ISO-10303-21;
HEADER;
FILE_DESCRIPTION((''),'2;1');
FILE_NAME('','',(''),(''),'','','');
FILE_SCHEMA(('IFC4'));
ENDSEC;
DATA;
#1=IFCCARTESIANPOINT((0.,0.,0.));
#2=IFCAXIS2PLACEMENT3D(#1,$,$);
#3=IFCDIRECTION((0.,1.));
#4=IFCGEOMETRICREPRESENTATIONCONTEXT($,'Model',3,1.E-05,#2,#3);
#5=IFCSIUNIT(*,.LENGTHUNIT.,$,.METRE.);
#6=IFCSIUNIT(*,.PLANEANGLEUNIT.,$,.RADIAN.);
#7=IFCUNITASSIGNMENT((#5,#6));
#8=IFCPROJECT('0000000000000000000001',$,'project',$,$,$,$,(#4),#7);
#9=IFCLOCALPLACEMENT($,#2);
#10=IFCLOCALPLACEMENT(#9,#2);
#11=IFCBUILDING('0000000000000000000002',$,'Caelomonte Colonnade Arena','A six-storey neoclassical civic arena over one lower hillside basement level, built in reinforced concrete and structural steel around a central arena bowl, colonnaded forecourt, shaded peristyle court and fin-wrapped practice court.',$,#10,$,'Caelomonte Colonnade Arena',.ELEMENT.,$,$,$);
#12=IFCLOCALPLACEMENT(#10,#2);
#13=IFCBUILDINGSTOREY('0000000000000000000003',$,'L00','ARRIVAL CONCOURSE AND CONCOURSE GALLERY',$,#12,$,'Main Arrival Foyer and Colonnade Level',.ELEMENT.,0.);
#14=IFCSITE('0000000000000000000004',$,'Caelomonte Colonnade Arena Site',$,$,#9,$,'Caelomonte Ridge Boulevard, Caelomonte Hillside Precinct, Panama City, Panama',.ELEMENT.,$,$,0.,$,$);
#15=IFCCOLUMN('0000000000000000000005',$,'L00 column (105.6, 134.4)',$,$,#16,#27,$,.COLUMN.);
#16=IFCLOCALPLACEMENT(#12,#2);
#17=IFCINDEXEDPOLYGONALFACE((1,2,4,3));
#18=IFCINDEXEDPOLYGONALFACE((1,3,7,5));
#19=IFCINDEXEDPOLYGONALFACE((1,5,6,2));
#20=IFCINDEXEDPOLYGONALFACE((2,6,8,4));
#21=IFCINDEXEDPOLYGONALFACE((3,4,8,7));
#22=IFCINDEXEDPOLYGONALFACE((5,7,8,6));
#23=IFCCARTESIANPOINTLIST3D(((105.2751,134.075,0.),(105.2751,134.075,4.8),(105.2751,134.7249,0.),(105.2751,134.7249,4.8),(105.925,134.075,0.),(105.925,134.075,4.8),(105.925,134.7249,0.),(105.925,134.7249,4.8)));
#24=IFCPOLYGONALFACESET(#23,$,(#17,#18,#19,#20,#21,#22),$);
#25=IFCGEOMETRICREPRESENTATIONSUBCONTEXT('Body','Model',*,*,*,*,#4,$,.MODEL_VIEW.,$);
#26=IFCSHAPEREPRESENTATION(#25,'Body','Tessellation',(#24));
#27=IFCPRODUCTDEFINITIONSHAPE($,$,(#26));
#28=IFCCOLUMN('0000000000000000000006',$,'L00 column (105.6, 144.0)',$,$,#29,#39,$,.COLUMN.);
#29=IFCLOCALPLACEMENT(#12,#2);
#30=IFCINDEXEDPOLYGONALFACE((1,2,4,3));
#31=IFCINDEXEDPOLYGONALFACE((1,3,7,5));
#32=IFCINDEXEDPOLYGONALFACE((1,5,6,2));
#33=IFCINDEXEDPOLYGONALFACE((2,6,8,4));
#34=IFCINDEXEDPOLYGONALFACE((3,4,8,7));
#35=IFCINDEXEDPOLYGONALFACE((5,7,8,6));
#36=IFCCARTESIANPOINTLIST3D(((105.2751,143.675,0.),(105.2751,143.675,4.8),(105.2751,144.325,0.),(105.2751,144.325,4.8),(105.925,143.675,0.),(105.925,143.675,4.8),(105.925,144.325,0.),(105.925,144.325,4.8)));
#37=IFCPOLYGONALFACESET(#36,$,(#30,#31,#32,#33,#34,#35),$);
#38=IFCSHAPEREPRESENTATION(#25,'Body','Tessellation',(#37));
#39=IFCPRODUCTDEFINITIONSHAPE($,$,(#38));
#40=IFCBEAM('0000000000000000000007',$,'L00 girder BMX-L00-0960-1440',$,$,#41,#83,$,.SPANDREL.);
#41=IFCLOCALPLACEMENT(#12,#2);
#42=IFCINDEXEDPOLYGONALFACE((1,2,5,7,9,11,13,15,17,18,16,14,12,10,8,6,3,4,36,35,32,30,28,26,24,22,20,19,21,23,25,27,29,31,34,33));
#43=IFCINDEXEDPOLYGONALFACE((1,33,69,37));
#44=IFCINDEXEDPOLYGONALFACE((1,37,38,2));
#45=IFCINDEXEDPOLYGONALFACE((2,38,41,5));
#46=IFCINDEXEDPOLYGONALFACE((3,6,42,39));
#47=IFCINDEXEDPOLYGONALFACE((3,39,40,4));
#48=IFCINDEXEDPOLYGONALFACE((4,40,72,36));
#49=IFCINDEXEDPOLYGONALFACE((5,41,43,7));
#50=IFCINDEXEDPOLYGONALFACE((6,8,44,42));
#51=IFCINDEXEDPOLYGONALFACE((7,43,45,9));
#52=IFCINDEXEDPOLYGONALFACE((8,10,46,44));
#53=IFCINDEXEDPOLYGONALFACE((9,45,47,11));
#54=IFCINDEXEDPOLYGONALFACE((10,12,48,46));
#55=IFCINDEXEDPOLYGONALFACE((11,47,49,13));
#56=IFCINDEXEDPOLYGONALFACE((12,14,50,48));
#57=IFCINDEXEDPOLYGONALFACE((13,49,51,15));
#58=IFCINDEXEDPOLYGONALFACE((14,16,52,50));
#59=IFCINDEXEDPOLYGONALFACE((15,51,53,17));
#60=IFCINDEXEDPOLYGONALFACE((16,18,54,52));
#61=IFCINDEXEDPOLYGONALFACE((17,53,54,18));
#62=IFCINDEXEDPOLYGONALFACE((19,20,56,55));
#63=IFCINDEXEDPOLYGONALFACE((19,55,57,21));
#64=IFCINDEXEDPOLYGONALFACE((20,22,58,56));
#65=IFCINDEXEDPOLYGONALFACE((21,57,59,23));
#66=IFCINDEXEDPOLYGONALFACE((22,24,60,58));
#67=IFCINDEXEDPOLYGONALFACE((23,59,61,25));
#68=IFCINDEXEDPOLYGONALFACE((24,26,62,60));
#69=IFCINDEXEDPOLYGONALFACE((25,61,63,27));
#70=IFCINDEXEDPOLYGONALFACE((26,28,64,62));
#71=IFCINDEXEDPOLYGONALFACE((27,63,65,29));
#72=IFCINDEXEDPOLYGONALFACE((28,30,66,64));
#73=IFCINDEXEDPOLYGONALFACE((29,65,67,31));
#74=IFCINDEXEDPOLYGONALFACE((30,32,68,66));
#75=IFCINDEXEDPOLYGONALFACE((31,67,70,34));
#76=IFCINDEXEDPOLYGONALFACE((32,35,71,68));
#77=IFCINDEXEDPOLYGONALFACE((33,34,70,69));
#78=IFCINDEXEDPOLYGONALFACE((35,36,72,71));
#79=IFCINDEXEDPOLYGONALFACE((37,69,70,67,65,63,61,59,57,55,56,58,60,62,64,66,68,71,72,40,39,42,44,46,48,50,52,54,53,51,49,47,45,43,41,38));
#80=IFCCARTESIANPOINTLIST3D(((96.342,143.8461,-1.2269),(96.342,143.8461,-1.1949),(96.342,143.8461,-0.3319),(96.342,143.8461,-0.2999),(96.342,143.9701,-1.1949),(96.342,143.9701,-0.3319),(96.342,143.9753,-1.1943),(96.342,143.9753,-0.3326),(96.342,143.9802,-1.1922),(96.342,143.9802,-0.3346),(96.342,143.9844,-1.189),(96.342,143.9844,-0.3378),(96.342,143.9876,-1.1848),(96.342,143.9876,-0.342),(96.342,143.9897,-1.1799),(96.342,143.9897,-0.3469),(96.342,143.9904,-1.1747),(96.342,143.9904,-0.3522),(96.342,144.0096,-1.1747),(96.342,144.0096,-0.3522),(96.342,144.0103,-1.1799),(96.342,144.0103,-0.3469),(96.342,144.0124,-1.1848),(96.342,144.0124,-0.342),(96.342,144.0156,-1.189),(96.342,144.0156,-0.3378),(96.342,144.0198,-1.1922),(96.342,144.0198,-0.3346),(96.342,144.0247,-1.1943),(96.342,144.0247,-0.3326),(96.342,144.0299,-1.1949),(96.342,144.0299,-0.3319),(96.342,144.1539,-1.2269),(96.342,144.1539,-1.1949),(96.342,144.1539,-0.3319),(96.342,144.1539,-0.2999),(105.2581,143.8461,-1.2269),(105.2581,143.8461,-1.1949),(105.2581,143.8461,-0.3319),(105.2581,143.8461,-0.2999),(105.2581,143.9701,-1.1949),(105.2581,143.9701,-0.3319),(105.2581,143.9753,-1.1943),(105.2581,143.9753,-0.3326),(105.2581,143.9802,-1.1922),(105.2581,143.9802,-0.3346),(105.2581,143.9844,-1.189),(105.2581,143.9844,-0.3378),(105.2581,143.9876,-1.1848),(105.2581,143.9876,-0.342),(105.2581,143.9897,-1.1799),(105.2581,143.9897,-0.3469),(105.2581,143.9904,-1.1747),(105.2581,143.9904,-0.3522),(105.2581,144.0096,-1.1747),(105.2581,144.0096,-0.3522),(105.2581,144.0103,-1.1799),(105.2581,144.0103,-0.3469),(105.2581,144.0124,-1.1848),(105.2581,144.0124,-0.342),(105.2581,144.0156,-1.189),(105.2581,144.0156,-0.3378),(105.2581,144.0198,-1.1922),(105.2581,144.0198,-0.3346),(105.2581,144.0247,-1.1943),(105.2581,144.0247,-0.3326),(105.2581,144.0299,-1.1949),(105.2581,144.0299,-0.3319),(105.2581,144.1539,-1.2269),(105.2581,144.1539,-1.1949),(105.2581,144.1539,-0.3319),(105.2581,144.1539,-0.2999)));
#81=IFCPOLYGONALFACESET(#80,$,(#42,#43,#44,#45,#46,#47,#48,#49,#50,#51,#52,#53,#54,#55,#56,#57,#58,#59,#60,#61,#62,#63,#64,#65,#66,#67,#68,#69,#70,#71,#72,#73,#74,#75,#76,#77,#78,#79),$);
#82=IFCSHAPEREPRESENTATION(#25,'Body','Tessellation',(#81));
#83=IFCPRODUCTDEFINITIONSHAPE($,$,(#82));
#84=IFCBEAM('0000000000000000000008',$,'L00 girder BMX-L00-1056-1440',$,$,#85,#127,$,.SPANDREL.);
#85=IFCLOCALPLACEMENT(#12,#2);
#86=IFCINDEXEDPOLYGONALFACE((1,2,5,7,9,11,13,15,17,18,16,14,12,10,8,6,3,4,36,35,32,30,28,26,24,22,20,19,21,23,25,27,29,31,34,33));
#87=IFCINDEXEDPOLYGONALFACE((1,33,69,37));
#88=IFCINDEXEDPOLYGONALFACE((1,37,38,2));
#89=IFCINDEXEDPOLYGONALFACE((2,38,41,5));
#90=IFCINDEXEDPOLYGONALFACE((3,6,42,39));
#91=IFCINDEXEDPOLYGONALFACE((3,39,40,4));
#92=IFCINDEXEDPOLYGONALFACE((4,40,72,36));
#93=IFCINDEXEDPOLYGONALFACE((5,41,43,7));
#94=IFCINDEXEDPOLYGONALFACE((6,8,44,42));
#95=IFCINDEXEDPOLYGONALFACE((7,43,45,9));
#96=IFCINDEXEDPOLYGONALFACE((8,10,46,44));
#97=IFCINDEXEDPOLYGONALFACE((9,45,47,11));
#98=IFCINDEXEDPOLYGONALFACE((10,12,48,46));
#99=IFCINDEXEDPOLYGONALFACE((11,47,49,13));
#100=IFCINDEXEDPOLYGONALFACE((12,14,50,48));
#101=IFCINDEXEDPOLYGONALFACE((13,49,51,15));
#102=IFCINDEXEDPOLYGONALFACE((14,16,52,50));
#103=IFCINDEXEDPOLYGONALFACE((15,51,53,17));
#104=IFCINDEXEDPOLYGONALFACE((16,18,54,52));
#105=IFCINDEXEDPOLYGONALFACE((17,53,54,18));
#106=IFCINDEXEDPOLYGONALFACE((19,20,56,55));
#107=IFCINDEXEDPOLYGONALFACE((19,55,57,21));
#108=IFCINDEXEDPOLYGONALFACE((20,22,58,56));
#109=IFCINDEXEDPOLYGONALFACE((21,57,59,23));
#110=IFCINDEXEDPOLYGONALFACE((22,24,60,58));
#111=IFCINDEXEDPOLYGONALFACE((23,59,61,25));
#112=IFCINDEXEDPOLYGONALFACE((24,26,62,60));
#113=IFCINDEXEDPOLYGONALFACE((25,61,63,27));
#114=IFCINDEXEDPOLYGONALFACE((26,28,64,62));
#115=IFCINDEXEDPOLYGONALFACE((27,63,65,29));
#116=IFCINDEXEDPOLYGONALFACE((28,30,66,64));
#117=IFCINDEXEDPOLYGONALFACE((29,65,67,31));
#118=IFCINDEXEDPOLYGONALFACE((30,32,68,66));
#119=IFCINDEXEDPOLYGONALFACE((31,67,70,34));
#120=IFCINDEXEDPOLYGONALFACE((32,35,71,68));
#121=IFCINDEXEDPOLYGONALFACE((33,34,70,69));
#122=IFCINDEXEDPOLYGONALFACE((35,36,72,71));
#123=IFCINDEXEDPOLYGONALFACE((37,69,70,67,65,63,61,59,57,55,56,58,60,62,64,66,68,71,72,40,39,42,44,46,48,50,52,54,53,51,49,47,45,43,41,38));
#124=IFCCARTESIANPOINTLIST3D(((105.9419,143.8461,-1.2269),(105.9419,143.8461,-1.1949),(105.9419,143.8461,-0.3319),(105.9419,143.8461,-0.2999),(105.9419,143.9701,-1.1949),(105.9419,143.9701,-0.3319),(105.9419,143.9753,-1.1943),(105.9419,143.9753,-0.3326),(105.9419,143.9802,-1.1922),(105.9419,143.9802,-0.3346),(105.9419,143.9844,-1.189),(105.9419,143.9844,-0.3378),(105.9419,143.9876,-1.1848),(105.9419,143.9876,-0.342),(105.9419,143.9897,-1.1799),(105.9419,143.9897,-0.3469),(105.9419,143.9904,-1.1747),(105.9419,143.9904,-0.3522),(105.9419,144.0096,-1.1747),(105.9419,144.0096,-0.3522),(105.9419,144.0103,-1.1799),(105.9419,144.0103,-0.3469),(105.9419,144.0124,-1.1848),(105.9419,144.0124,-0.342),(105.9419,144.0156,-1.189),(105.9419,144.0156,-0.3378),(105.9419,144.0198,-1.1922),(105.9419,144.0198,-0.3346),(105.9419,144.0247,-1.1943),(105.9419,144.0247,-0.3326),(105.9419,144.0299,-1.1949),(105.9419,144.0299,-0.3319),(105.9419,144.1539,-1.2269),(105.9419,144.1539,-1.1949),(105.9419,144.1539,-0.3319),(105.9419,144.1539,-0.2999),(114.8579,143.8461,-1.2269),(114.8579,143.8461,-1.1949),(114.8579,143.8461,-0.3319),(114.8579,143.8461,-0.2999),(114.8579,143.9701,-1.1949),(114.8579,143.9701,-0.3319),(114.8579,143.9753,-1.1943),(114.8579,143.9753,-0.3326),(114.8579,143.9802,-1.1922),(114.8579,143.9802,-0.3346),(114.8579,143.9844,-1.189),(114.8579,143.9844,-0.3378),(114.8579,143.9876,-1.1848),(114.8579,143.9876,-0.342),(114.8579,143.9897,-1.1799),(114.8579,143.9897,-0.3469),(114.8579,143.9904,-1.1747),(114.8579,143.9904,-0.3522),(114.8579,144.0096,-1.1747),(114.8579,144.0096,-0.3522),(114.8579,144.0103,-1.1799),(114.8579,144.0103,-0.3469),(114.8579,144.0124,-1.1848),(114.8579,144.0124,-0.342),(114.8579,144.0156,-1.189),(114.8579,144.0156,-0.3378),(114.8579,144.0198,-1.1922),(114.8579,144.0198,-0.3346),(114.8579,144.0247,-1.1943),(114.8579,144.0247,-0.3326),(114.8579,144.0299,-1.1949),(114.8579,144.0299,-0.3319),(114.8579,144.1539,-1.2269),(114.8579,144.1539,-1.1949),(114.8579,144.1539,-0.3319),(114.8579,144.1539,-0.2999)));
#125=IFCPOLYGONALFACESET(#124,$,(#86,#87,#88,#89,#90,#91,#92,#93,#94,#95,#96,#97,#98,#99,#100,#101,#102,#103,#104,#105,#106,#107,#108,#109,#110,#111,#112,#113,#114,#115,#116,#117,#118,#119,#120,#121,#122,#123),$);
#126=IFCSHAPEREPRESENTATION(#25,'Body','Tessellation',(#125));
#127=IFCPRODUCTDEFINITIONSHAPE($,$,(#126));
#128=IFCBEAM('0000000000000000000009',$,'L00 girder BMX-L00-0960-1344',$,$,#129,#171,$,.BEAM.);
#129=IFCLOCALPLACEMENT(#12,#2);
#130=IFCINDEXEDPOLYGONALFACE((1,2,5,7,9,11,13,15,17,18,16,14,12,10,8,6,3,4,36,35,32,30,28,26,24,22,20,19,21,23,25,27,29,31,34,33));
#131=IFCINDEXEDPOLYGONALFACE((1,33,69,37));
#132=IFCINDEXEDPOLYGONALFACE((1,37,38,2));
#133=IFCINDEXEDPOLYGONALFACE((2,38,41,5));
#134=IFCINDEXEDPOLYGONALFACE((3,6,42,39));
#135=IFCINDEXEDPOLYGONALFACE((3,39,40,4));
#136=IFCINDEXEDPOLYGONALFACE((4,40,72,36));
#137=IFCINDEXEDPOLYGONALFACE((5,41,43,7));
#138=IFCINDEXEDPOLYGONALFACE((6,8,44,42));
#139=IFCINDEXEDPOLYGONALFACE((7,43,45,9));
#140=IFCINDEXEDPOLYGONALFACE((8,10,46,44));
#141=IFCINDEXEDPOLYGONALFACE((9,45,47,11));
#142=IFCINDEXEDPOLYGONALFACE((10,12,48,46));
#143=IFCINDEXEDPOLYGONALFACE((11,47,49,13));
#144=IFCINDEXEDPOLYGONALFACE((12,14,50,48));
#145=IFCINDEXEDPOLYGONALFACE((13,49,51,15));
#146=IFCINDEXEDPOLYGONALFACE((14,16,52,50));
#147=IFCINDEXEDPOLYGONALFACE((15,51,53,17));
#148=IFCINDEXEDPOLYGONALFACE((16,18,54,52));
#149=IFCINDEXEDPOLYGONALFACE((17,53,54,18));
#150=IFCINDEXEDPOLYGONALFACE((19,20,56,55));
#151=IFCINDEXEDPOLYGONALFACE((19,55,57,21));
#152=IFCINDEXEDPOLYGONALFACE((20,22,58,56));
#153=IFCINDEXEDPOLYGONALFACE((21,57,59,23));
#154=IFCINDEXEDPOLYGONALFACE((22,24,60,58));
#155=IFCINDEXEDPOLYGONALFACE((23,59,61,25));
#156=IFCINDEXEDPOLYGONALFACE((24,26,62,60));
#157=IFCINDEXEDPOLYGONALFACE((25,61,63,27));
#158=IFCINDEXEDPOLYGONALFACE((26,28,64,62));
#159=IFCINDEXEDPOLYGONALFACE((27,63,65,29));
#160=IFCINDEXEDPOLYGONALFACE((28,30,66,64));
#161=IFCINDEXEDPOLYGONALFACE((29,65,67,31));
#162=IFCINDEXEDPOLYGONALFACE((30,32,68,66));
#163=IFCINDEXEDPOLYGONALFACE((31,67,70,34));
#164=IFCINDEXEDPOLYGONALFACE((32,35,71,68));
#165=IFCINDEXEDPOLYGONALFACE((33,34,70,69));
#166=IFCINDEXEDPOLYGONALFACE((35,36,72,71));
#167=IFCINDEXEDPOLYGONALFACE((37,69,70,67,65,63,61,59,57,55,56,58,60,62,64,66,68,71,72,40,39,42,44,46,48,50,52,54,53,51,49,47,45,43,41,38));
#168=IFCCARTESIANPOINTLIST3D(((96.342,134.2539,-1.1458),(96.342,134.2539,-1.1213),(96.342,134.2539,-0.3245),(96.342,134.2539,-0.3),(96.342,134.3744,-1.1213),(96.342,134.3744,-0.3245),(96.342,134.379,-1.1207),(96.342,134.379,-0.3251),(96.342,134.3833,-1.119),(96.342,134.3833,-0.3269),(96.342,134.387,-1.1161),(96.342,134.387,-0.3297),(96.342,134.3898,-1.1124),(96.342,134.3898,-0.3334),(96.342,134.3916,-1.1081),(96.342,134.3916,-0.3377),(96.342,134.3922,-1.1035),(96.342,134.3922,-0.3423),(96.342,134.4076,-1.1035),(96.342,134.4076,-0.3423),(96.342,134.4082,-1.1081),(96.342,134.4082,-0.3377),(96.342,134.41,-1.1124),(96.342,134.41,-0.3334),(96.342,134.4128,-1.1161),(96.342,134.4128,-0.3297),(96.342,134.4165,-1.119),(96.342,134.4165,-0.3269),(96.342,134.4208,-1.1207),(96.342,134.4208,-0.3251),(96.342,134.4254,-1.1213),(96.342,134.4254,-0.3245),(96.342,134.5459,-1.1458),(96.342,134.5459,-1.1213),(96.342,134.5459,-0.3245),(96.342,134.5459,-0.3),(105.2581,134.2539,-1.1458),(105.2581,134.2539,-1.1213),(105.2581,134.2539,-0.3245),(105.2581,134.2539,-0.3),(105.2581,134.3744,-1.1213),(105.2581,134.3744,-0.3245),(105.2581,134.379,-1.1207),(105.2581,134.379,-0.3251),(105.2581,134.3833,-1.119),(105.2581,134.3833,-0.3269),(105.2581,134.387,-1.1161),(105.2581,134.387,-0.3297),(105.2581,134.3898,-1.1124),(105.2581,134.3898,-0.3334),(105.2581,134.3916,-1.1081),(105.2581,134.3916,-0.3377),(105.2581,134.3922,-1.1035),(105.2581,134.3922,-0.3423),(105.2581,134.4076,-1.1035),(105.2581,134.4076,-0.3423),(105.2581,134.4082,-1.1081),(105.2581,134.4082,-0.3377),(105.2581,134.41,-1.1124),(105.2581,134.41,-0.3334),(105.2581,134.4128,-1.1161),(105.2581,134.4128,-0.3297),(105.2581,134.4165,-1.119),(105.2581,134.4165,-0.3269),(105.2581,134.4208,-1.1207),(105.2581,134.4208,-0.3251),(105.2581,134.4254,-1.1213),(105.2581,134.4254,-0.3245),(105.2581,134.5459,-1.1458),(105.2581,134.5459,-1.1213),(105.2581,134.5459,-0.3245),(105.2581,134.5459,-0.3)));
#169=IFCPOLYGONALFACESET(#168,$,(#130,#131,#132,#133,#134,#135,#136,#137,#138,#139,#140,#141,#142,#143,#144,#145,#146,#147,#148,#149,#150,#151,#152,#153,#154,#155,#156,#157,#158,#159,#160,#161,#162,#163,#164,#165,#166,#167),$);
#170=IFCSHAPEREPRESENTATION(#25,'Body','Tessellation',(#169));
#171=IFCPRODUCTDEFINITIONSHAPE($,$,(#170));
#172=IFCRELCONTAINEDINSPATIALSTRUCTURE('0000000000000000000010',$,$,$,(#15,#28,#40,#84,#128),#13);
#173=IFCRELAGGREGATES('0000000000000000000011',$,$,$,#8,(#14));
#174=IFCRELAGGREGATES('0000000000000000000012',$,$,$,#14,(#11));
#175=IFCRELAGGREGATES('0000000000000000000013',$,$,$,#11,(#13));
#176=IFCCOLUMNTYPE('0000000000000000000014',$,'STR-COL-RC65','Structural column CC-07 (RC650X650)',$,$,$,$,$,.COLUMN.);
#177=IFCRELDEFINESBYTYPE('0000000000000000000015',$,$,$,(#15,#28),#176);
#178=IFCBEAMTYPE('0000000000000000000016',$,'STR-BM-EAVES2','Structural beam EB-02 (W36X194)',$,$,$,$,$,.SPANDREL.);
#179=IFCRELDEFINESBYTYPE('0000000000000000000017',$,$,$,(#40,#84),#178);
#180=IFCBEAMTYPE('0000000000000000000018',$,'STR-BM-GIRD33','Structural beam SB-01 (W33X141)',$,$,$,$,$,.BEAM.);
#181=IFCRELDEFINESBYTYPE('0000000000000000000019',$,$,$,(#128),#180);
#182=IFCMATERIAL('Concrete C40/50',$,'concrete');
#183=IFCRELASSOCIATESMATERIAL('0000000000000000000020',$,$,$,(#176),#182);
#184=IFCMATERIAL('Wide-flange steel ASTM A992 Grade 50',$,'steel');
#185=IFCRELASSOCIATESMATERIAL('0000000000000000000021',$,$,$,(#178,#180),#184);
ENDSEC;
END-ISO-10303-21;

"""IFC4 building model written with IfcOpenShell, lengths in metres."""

from ifc_helpers import new_model, si_unit, direction, frame, origin, origin_2d, place, context, subcontext, project, spatial, rectangle, i_section, extrude, material, material_profile, profile_set, type_object, element, save


model = new_model("IFC4")

# Units and contexts
model_context = context("Model", 3, precision=1e-05, world=origin(), true_north=direction((0.0, 1.0)))
body_context = subcontext(model_context, "Body", "Model", "MODEL_VIEW")
ifc_project = project(units=[si_unit("LENGTHUNIT", "METRE"), si_unit("PLANEANGLEUNIT", "RADIAN")], contexts=[model_context])

# Site, building, storey
site_placement = place(None, origin())
site = spatial("IfcSite", under=ifc_project, at=site_placement, Name="Caelomonte Colonnade Arena Site", LongName="Caelomonte Ridge Boulevard, Caelomonte Hillside Precinct, Panama City, Panama", CompositionType="ELEMENT", RefElevation=0.0)
building_placement = place(site_placement, origin())
building = spatial("IfcBuilding", under=site, at=building_placement, Name="Caelomonte Colonnade Arena", Description="A six-storey neoclassical civic arena over one lower hillside basement level, built in reinforced concrete and structural steel around a central arena bowl, colonnaded forecourt, shaded peristyle court and fin-wrapped practice court.", LongName="Caelomonte Colonnade Arena", CompositionType="ELEMENT")
storey_placement = place(building_placement, origin())
storey = spatial("IfcBuildingStorey", under=building, at=storey_placement, Name="L00", Description="ARRIVAL CONCOURSE AND CONCOURSE GALLERY", LongName="Main Arrival Foyer and Colonnade Level", CompositionType="ELEMENT", Elevation=0.0)

# Columns
ifc_material_1 = material(Name="Concrete C40/50", Category="concrete")
ifc_material_profile_1 = material_profile(ifc_material_1, rectangle(XDim=0.6499, YDim=0.6499, at=origin_2d()), Name="RC650X650")
ifc_profile_set_1 = profile_set([ifc_material_profile_1], Name="Concrete C40/50")
column_type = type_object("IfcColumnType", Name="STR-COL-RC65", Description="Structural column CC-07 (RC650X650)", PredefinedType="COLUMN", material=ifc_profile_set_1)
for number, where, z_axis, x_axis, name in (
    (1, (105.6001, 134.3999, 0.0), (0.0, 0.0, 1.0), (1.0, 0.0, 0.0), "L00 column (105.6, 134.4)"),
    (2, (105.6001, 144.0, 0.0), (0.0, 0.0, 1.0), (1.0, 0.0, 0.0), "L00 column (105.6, 144.0)"),
):
    element("IfcColumn", number, at=place(storey_placement, frame(where, z_axis=z_axis, x_axis=x_axis)), inside=storey, type_object=column_type, Name=name, PredefinedType="COLUMN", context=body_context, shape_type="SweptSolid", body=[
        extrude(rectangle(XDim=0.6499, YDim=0.6499, at=origin_2d()), origin(), (0.0, 0.0, 1.0), 4.8),
    ])

# Beams
ifc_material_2 = material(Name="Wide-flange steel ASTM A992 Grade 50", Category="steel")
ifc_material_profile_2 = material_profile(ifc_material_2, i_section(OverallWidth=0.3079, OverallDepth=0.927, WebThickness=0.0193, FlangeThickness=0.032, FilletRadius=0.0203, at=origin_2d()), Name="W36X194")
ifc_profile_set_2 = profile_set([ifc_material_profile_2], Name="Wide-flange steel ASTM A992 Grade 50")
beam_type_1 = type_object("IfcBeamType", Name="STR-BM-EAVES2", Description="Structural beam EB-02 (W36X194)", PredefinedType="SPANDREL", material=ifc_profile_set_2)
for number, where, z_axis, x_axis, name in (
    (3, (96.342, 144.0, -0.7634), (1.0, 0.0, 0.0), (0.0, 1.0, 0.0), "L00 girder BMX-L00-0960-1440"),
    (4, (105.9419, 144.0, -0.7634), (1.0, 0.0, 0.0), (0.0, 1.0, 0.0), "L00 girder BMX-L00-1056-1440"),
):
    element("IfcBeam", number, at=place(storey_placement, frame(where, z_axis=z_axis, x_axis=x_axis)), inside=storey, type_object=beam_type_1, Name=name, PredefinedType="SPANDREL", context=body_context, shape_type="SweptSolid", body=[
        extrude(i_section(OverallWidth=0.3079, OverallDepth=0.927, WebThickness=0.0193, FlangeThickness=0.032, FilletRadius=0.0203, at=origin_2d()), origin(), (0.0, 0.0, 1.0), 8.916),
    ])
ifc_material_profile_3 = material_profile(ifc_material_2, i_section(OverallWidth=0.292, OverallDepth=0.8457, WebThickness=0.0154, FlangeThickness=0.0244, FilletRadius=0.0178, at=origin_2d()), Name="W33X141")
ifc_profile_set_3 = profile_set([ifc_material_profile_3], Name="Wide-flange steel ASTM A992 Grade 50")
beam_type_2 = type_object("IfcBeamType", Name="STR-BM-GIRD33", Description="Structural beam SB-01 (W33X141)", PredefinedType="BEAM", material=ifc_profile_set_3)
for number, where, z_axis, x_axis, name in (
    (5, (96.342, 134.3999, -0.7229), (1.0, 0.0, 0.0), (0.0, 1.0, 0.0), "L00 girder BMX-L00-0960-1344"),
):
    element("IfcBeam", number, at=place(storey_placement, frame(where, z_axis=z_axis, x_axis=x_axis)), inside=storey, type_object=beam_type_2, Name=name, PredefinedType="BEAM", context=body_context, shape_type="SweptSolid", body=[
        extrude(i_section(OverallWidth=0.292, OverallDepth=0.8457, WebThickness=0.0154, FlangeThickness=0.0244, FilletRadius=0.0178, at=origin_2d()), origin(), (0.0, 0.0, 1.0), 8.916),
    ])

save(model, "model.ifc")
